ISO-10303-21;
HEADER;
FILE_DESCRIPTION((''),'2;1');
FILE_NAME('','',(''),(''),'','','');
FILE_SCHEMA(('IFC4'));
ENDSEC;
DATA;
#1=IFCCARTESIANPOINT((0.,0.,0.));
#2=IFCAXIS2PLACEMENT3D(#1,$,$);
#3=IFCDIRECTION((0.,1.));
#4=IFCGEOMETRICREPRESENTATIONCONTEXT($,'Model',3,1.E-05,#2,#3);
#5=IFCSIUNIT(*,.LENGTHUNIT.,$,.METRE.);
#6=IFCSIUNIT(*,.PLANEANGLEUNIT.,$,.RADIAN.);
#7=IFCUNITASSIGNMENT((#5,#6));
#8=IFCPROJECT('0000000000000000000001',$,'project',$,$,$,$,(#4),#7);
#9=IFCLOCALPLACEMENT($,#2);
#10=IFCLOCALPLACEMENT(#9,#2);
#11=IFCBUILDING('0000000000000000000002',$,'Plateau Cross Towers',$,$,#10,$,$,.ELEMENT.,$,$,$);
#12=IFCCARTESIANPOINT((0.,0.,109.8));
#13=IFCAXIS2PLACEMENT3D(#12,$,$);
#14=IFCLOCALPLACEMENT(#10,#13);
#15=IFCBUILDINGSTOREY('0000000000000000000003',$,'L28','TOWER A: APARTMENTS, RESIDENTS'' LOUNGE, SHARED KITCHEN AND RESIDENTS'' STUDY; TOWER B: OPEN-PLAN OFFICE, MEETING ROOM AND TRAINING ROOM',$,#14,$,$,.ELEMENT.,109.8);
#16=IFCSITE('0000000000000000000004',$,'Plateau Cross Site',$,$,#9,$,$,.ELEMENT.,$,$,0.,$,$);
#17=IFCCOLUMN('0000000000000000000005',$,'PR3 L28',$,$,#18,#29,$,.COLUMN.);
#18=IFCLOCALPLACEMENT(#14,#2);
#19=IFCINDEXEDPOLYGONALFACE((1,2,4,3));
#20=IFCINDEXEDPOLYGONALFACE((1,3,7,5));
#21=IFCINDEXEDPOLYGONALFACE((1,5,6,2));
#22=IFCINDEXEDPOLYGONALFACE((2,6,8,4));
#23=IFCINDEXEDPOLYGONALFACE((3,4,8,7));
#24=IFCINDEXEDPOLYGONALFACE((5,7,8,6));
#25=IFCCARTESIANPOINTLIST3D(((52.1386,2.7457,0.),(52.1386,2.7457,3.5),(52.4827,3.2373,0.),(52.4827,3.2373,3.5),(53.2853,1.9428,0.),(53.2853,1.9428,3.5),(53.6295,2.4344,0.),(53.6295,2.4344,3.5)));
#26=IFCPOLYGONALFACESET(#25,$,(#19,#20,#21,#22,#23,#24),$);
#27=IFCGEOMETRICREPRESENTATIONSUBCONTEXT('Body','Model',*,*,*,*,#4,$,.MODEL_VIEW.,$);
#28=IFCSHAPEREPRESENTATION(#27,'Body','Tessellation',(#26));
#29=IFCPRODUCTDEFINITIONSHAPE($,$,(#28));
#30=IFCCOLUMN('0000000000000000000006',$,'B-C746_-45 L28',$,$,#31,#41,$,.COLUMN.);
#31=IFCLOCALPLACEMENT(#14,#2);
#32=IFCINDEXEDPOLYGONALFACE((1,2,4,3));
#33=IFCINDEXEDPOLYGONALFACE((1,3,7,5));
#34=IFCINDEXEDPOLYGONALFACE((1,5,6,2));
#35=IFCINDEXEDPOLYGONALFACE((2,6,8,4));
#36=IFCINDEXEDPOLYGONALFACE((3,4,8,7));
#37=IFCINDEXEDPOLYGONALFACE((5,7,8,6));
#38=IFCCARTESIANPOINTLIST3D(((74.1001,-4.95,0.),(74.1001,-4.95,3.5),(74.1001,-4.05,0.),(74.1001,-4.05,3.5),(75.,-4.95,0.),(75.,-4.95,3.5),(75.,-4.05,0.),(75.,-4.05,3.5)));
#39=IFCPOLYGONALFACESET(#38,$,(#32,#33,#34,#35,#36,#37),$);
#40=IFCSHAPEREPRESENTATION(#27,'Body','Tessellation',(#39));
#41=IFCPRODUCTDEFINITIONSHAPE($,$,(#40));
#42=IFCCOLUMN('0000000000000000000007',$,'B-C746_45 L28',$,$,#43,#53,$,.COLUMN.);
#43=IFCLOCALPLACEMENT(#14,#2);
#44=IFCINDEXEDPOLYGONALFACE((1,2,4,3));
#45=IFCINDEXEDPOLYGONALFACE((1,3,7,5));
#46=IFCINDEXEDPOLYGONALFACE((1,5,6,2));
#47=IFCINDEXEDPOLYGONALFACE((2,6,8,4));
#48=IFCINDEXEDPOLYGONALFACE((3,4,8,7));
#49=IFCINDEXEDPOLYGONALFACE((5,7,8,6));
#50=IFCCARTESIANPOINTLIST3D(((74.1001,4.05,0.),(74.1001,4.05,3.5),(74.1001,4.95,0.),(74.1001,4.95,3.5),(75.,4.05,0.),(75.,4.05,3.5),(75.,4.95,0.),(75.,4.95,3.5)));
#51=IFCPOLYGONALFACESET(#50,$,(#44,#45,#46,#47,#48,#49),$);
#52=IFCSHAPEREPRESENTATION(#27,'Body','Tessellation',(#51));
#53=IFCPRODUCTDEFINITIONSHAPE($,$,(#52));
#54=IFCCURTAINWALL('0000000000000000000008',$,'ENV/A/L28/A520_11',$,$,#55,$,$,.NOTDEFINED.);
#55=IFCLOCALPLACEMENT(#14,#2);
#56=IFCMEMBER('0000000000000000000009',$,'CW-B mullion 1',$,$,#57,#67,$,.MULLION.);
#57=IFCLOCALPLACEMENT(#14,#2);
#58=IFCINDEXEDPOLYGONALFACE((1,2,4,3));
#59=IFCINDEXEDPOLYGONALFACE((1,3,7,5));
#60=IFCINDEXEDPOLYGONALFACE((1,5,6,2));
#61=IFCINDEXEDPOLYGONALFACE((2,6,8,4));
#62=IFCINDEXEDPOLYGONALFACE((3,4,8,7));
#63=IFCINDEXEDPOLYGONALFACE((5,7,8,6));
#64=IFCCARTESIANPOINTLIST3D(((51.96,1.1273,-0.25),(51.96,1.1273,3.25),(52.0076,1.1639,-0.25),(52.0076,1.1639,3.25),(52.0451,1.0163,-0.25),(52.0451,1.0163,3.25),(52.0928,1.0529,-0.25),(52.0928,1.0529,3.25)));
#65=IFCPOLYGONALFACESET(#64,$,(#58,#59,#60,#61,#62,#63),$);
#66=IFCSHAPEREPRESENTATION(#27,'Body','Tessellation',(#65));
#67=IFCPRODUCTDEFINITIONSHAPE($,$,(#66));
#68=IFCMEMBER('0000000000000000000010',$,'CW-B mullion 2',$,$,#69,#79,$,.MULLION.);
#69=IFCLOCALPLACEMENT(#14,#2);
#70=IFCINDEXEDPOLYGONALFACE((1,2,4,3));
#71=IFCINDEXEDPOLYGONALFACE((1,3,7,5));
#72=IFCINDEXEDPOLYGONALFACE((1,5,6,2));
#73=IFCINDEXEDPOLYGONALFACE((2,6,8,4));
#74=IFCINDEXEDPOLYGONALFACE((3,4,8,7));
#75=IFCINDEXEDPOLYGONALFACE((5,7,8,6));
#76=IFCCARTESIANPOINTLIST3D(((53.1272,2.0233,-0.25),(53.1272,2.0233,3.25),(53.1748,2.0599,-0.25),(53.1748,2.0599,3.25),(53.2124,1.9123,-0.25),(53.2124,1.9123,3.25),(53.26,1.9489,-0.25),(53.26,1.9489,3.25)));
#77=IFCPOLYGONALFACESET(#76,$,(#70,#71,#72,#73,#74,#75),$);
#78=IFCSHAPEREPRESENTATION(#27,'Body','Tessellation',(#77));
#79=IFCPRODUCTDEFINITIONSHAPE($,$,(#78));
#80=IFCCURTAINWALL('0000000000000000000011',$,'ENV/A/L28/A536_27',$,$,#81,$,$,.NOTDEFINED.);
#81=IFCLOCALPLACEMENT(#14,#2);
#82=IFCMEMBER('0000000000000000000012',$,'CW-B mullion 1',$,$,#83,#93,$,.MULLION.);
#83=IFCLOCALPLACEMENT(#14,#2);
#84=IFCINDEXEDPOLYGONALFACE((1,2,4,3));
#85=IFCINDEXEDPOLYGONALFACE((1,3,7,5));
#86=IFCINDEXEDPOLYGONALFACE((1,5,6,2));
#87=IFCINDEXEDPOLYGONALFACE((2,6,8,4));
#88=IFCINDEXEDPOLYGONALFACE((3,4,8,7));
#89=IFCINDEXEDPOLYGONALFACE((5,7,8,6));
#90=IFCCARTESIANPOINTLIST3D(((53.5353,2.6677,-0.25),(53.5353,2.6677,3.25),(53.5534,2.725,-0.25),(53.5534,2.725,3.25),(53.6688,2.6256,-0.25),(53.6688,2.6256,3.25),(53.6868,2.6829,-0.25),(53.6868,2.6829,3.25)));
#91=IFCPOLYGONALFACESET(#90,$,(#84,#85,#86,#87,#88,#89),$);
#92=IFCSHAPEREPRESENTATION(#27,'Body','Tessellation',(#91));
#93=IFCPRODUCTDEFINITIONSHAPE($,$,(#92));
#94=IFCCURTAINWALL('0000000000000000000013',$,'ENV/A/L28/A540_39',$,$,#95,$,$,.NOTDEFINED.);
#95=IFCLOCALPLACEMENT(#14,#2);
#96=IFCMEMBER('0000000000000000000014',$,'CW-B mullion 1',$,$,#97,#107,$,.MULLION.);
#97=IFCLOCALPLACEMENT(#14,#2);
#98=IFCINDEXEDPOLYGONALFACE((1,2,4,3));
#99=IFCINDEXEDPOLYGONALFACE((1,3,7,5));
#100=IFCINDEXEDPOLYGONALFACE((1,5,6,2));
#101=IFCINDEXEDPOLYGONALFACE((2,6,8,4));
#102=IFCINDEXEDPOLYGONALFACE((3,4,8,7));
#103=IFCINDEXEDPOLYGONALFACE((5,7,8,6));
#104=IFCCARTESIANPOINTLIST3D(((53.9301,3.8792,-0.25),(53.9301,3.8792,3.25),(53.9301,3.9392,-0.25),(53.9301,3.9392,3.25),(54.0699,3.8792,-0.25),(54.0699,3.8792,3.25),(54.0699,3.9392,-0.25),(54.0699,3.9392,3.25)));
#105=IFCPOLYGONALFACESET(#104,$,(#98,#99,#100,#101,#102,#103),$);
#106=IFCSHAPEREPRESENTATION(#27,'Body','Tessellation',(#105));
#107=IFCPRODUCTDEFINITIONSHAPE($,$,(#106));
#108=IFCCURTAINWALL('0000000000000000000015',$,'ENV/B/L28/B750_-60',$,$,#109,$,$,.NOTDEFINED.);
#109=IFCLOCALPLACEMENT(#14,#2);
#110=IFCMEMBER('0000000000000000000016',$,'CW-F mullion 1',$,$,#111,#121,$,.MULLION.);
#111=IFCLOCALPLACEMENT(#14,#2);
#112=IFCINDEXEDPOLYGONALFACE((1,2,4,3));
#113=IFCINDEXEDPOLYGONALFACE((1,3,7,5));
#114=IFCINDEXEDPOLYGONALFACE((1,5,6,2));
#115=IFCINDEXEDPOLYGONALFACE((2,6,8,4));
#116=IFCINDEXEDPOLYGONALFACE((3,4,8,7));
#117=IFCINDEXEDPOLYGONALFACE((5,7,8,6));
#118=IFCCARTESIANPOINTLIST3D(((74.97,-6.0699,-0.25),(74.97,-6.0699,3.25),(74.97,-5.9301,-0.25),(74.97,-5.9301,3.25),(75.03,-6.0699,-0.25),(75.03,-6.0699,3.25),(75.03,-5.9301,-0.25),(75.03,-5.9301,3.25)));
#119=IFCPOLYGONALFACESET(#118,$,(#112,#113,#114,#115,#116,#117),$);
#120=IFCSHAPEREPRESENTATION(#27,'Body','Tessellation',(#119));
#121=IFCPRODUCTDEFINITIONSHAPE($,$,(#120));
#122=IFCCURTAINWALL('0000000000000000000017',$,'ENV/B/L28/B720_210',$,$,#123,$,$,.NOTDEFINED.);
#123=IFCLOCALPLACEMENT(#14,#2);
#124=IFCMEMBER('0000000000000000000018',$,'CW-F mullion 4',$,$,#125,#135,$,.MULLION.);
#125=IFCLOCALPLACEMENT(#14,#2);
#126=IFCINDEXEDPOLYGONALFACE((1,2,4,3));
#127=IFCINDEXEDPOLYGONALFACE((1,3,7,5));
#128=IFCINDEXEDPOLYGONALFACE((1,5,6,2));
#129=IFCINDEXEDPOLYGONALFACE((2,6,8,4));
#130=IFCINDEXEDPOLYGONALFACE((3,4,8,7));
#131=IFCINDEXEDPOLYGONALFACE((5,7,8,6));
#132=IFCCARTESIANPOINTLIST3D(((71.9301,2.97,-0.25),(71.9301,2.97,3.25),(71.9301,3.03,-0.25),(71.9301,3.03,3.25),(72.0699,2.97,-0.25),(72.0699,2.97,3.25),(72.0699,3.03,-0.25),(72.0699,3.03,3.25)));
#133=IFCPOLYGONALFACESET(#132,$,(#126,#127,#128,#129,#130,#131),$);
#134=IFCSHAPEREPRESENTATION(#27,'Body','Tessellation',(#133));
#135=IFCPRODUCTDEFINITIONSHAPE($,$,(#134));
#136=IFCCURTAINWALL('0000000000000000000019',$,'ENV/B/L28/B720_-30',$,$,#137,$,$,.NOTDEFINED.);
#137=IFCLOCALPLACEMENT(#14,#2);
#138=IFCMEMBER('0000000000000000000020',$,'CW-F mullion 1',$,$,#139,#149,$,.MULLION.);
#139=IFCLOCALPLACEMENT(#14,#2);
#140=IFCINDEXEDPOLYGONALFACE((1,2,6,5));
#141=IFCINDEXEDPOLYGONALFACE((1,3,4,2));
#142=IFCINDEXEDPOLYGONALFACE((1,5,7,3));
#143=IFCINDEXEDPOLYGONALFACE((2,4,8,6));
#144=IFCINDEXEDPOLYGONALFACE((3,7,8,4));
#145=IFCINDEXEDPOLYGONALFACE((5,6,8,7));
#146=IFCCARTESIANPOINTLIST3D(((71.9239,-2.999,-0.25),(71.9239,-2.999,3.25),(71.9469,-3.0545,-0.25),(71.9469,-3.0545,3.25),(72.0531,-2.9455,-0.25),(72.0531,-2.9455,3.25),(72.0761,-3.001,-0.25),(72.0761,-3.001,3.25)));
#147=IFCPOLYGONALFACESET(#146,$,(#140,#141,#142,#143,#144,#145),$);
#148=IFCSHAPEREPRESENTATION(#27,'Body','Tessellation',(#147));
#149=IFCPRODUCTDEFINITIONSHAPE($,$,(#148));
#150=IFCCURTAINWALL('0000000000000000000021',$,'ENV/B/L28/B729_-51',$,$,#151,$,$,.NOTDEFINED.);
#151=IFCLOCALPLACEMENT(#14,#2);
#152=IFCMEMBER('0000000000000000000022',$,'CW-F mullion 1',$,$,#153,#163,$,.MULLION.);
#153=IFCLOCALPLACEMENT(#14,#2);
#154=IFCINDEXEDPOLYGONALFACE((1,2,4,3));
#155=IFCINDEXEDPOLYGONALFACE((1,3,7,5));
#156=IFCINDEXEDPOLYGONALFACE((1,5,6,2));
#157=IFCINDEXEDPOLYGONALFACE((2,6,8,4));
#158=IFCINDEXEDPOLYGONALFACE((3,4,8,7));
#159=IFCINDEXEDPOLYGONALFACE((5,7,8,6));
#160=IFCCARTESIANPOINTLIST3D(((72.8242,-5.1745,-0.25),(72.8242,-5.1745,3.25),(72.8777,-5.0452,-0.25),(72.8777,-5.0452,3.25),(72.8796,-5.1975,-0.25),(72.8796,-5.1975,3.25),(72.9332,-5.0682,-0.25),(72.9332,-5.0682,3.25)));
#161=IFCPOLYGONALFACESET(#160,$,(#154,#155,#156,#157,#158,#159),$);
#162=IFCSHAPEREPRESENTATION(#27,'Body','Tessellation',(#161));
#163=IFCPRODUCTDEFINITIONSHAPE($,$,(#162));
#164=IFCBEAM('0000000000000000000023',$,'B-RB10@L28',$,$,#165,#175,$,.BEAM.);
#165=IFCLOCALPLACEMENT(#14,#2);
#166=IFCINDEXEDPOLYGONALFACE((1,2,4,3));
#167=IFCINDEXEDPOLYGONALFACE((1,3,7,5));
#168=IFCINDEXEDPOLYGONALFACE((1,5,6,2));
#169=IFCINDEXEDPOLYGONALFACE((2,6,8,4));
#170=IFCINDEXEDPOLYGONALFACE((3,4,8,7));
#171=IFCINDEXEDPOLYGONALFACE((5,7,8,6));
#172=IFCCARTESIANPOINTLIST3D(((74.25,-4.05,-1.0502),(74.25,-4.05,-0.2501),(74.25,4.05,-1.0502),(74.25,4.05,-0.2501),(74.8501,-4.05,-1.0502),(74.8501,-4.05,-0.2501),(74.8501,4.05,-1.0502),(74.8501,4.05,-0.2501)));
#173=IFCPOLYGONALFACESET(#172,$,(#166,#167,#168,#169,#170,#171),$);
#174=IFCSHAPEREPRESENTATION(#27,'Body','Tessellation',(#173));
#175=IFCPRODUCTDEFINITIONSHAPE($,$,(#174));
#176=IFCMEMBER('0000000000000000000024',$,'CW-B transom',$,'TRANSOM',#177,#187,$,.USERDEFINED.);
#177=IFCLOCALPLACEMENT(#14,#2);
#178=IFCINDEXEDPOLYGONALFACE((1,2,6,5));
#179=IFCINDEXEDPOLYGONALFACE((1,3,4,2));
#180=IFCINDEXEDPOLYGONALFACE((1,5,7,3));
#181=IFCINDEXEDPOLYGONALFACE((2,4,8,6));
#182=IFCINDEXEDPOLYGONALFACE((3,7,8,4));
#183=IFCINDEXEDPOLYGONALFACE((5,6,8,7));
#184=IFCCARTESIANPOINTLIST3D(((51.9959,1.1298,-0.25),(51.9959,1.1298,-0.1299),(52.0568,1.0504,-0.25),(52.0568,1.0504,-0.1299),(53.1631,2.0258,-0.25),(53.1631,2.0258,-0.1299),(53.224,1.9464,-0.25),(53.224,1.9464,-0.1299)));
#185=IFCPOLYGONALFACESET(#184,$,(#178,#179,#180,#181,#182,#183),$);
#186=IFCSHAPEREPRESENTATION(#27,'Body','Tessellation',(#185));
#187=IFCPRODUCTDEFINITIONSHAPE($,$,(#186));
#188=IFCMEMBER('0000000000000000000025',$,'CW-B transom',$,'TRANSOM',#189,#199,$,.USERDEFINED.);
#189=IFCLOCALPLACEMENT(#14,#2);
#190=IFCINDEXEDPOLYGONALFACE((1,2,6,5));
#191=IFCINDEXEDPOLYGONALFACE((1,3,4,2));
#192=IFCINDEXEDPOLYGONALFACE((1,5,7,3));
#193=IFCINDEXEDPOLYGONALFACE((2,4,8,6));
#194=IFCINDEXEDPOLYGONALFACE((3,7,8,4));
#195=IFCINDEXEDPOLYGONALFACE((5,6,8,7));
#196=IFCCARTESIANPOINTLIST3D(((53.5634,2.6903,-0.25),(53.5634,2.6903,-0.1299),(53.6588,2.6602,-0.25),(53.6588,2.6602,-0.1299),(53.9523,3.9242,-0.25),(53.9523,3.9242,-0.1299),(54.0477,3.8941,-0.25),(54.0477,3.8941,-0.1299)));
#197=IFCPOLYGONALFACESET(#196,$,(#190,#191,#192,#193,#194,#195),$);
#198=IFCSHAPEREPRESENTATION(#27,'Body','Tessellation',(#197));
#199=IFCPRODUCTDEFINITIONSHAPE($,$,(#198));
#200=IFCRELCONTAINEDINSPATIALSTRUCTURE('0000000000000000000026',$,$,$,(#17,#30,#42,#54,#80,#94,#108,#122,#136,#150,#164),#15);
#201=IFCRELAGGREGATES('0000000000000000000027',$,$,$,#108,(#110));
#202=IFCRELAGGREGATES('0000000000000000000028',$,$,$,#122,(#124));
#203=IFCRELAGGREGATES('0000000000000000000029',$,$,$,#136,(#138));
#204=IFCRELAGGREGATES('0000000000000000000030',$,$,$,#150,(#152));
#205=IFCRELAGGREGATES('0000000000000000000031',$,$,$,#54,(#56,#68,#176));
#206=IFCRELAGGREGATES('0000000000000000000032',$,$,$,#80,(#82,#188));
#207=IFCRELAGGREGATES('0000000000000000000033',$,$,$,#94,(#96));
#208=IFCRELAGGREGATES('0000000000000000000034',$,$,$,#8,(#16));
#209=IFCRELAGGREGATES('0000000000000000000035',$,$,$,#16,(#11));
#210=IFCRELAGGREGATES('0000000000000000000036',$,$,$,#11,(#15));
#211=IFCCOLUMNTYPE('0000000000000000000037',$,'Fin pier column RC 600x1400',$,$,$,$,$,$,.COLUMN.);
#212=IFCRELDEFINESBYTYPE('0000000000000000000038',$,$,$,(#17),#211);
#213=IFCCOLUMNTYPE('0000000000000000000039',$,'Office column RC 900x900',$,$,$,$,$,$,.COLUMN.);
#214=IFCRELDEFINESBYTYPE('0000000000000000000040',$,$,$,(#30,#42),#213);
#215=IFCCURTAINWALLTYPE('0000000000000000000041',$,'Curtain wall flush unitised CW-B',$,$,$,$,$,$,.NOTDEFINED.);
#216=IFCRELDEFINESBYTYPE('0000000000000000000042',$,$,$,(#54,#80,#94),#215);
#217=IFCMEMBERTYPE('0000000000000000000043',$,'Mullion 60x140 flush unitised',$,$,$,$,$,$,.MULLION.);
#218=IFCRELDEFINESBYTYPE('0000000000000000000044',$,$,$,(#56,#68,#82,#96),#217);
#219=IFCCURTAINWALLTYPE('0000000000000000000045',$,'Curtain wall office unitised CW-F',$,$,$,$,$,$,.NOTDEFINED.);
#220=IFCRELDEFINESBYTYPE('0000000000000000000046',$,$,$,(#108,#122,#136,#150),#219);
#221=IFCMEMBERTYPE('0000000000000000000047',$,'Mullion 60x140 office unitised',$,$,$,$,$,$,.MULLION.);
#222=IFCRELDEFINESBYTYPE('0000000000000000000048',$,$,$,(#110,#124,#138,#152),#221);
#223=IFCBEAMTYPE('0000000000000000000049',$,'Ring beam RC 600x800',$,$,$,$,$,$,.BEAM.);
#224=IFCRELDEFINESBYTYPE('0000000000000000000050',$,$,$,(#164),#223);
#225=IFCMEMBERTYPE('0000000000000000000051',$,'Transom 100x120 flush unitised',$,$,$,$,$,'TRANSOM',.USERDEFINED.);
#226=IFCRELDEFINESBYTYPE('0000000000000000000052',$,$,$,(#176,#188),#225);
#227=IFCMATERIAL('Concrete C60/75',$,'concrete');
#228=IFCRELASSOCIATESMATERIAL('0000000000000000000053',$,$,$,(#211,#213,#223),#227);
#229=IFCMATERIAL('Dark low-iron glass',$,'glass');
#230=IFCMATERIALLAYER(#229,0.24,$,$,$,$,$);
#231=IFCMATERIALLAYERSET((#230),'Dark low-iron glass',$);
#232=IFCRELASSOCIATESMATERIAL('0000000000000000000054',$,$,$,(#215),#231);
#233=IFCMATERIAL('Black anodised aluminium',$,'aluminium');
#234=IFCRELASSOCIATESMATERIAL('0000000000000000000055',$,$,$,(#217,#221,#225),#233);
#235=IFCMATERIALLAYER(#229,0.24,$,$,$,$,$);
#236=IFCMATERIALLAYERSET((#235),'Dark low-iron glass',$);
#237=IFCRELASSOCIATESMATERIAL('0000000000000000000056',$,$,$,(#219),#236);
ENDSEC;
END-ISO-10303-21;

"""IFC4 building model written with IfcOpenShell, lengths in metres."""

from ifc_helpers import new_model, si_unit, direction, frame, origin, origin_2d, place, context, subcontext, project, spatial, rectangle, extrude, material, layer, layer_set, material_profile, profile_set, type_object, element, aggregate, save


model = new_model("IFC4")

# Units and contexts
model_context = context("Model", 3, precision=1e-05, world=origin(), true_north=direction((0.0, 1.0)))
body_context = subcontext(model_context, "Body", "Model", "MODEL_VIEW")
ifc_project = project(units=[si_unit("LENGTHUNIT", "METRE"), si_unit("PLANEANGLEUNIT", "RADIAN")], contexts=[model_context])

# Site, building, storey
site_placement = place(None, origin())
site = spatial("IfcSite", under=ifc_project, at=site_placement, Name="Plateau Cross Site", CompositionType="ELEMENT", RefElevation=0.0)
building_placement = place(site_placement, origin())
building = spatial("IfcBuilding", under=site, at=building_placement, Name="Plateau Cross Towers", CompositionType="ELEMENT")
storey_placement = place(building_placement, frame((0.0, 0.0, 109.8)))
storey = spatial("IfcBuildingStorey", under=building, at=storey_placement, Name="L28", Description="TOWER A: APARTMENTS, RESIDENTS' LOUNGE, SHARED KITCHEN AND RESIDENTS' STUDY; TOWER B: OPEN-PLAN OFFICE, MEETING ROOM AND TRAINING ROOM", CompositionType="ELEMENT", Elevation=109.8)

# Columns
ifc_material_1 = material(Name="Concrete C60/75", Category="concrete")
ifc_material_profile_1 = material_profile(ifc_material_1, rectangle(XDim=0.6001, YDim=1.3999, at=origin_2d()), Name="RC 600x1400")
ifc_profile_set_1 = profile_set([ifc_material_profile_1], Name="Concrete C60/75")
column_type_1 = type_object("IfcColumnType", Name="Fin pier column RC 600x1400", PredefinedType="COLUMN", material=ifc_profile_set_1)
column_placement = place(storey_placement, frame((52.884, 2.5901, 0.0), z_axis=(0.0, 0.0, 1.0), x_axis=(0.573543, 0.819176, 0.0)))
element("IfcColumn", 1, at=column_placement, inside=storey, type_object=column_type_1, Name="PR3 L28", PredefinedType="COLUMN", context=body_context, shape_type="SweptSolid", body=[
    extrude(rectangle(XDim=0.6001, YDim=1.3999, at=origin_2d()), origin(), (0.0, 0.0, 1.0), 3.5),
])
ifc_material_profile_2 = material_profile(ifc_material_1, rectangle(XDim=0.8999, YDim=0.8999, at=origin_2d()), Name="RC 900x900")
ifc_profile_set_2 = profile_set([ifc_material_profile_2], Name="Concrete C60/75")
column_type_2 = type_object("IfcColumnType", Name="Office column RC 900x900", PredefinedType="COLUMN", material=ifc_profile_set_2)
for number, where, z_axis, x_axis, name in (
    (2, (74.55, -4.5, 0.0), (0.0, 0.0, 1.0), (1.0, 0.0, 0.0), "B-C746_-45 L28"),
    (3, (74.55, 4.5, 0.0), (0.0, 0.0, 1.0), (1.0, 0.0, 0.0), "B-C746_45 L28"),
):
    element("IfcColumn", number, at=place(storey_placement, frame(where, z_axis=z_axis, x_axis=x_axis)), inside=storey, type_object=column_type_2, Name=name, PredefinedType="COLUMN", context=body_context, shape_type="SweptSolid", body=[
        extrude(rectangle(XDim=0.8999, YDim=0.8999, at=origin_2d()), origin(), (0.0, 0.0, 1.0), 3.5),
    ])

# Curtain wall, members
ifc_material_2 = material(Name="Dark low-iron glass", Category="glass")
ifc_layer_1 = layer(ifc_material_2, 0.24)
ifc_layer_set_1 = layer_set([ifc_layer_1], Name="Dark low-iron glass")
curtain_wall_type_1 = type_object("IfcCurtainWallType", Name="Curtain wall flush unitised CW-B", PredefinedType="NOTDEFINED", material=ifc_layer_set_1)
curtain_wall_1_placement = place(storey_placement, origin())
curtain_wall_1 = element("IfcCurtainWall", 4, at=curtain_wall_1_placement, inside=storey, type_object=curtain_wall_type_1, Name="ENV/A/L28/A520_11", PredefinedType="NOTDEFINED")
ifc_material_3 = material(Name="Black anodised aluminium", Category="aluminium")
ifc_material_profile_3 = material_profile(ifc_material_3, rectangle(XDim=0.0601, YDim=0.1399, at=origin_2d()), Name="MULLION 60x140")
ifc_profile_set_3 = profile_set([ifc_material_profile_3], Name="Black anodised aluminium")
member_type_1 = type_object("IfcMemberType", Name="Mullion 60x140 flush unitised", PredefinedType="MULLION", material=ifc_profile_set_3)
member_1_placement = place(storey_placement, frame((52.0264, 1.0901, -0.25), z_axis=(0.0, 0.0, 1.0), x_axis=(0.793316, 0.608811, 0.0)))
member_1 = element("IfcMember", 5, at=member_1_placement, type_object=member_type_1, Name="CW-B mullion 1", PredefinedType="MULLION", context=body_context, shape_type="SweptSolid", body=[
    extrude(rectangle(XDim=0.0601, YDim=0.1399, at=origin_2d()), origin(), (0.0, 0.0, 1.0), 3.5),
])
member_2_placement = place(storey_placement, frame((53.1936, 1.9861, -0.25), z_axis=(0.0, 0.0, 1.0), x_axis=(0.793316, 0.608811, 0.0)))
member_2 = element("IfcMember", 6, at=member_2_placement, type_object=member_type_1, Name="CW-B mullion 2", PredefinedType="MULLION", context=body_context, shape_type="SweptSolid", body=[
    extrude(rectangle(XDim=0.0601, YDim=0.1399, at=origin_2d()), origin(), (0.0, 0.0, 1.0), 3.5),
])

# Curtain walls, members
curtain_wall_2_placement = place(storey_placement, origin())
curtain_wall_2 = element("IfcCurtainWall", 7, at=curtain_wall_2_placement, inside=storey, type_object=curtain_wall_type_1, Name="ENV/A/L28/A536_27", PredefinedType="NOTDEFINED")
member_3_placement = place(storey_placement, frame((53.6111, 2.6753, -0.25), z_axis=(0.0, 0.0, 1.0), x_axis=(0.300686, 0.953723, 0.0)))
member_3 = element("IfcMember", 8, at=member_3_placement, type_object=member_type_1, Name="CW-B mullion 1", PredefinedType="MULLION", context=body_context, shape_type="SweptSolid", body=[
    extrude(rectangle(XDim=0.0601, YDim=0.1399, at=origin_2d()), origin(), (0.0, 0.0, 1.0), 3.5),
])
curtain_wall_3_placement = place(storey_placement, origin())
curtain_wall_3 = element("IfcCurtainWall", 9, at=curtain_wall_3_placement, inside=storey, type_object=curtain_wall_type_1, Name="ENV/A/L28/A540_39", PredefinedType="NOTDEFINED")
member_4_placement = place(storey_placement, frame((54.0, 3.9092, -0.25), z_axis=(0.0, 0.0, 1.0), x_axis=(0.0, 1.0, 0.0)))
member_4 = element("IfcMember", 10, at=member_4_placement, type_object=member_type_1, Name="CW-B mullion 1", PredefinedType="MULLION", context=body_context, shape_type="SweptSolid", body=[
    extrude(rectangle(XDim=0.0601, YDim=0.1399, at=origin_2d()), origin(), (0.0, 0.0, 1.0), 3.5),
])
ifc_layer_2 = layer(ifc_material_2, 0.24)
ifc_layer_set_2 = layer_set([ifc_layer_2], Name="Dark low-iron glass")
curtain_wall_type_2 = type_object("IfcCurtainWallType", Name="Curtain wall office unitised CW-F", PredefinedType="NOTDEFINED", material=ifc_layer_set_2)
curtain_wall_4_placement = place(storey_placement, origin())
curtain_wall_4 = element("IfcCurtainWall", 11, at=curtain_wall_4_placement, inside=storey, type_object=curtain_wall_type_2, Name="ENV/B/L28/B750_-60", PredefinedType="NOTDEFINED")
ifc_material_profile_4 = material_profile(ifc_material_3, rectangle(XDim=0.0601, YDim=0.1399, at=origin_2d()), Name="MULLION 60x140")
ifc_profile_set_4 = profile_set([ifc_material_profile_4], Name="Black anodised aluminium")
member_type_2 = type_object("IfcMemberType", Name="Mullion 60x140 office unitised", PredefinedType="MULLION", material=ifc_profile_set_4)
member_5_placement = place(storey_placement, frame((75.0, -6.0, -0.25), z_axis=(0.0, 0.0, 1.0), x_axis=(1.0, 0.0, 0.0)))
member_5 = element("IfcMember", 12, at=member_5_placement, type_object=member_type_2, Name="CW-F mullion 1", PredefinedType="MULLION", context=body_context, shape_type="SweptSolid", body=[
    extrude(rectangle(XDim=0.0601, YDim=0.1399, at=origin_2d()), origin(), (0.0, 0.0, 1.0), 3.5),
])
curtain_wall_5_placement = place(storey_placement, origin())
curtain_wall_5 = element("IfcCurtainWall", 13, at=curtain_wall_5_placement, inside=storey, type_object=curtain_wall_type_2, Name="ENV/B/L28/B720_210", PredefinedType="NOTDEFINED")
member_6_placement = place(storey_placement, frame((72.0, 3.0, -0.25), z_axis=(0.0, 0.0, 1.0), x_axis=(0.0, -1.0, 0.0)))
member_6 = element("IfcMember", 14, at=member_6_placement, type_object=member_type_2, Name="CW-F mullion 4", PredefinedType="MULLION", context=body_context, shape_type="SweptSolid", body=[
    extrude(rectangle(XDim=0.0601, YDim=0.1399, at=origin_2d()), origin(), (0.0, 0.0, 1.0), 3.5),
])
curtain_wall_6_placement = place(storey_placement, origin())
curtain_wall_6 = element("IfcCurtainWall", 15, at=curtain_wall_6_placement, inside=storey, type_object=curtain_wall_type_2, Name="ENV/B/L28/B720_-30", PredefinedType="NOTDEFINED")
member_7_placement = place(storey_placement, frame((72.0, -3.0, -0.25), z_axis=(0.0, 0.0, 1.0), x_axis=(0.382684, -0.923879, 0.0)))
member_7 = element("IfcMember", 16, at=member_7_placement, type_object=member_type_2, Name="CW-F mullion 1", PredefinedType="MULLION", context=body_context, shape_type="SweptSolid", body=[
    extrude(rectangle(XDim=0.0601, YDim=0.1399, at=origin_2d()), origin(), (0.0, 0.0, 1.0), 3.5),
])
curtain_wall_7_placement = place(storey_placement, origin())
curtain_wall_7 = element("IfcCurtainWall", 17, at=curtain_wall_7_placement, inside=storey, type_object=curtain_wall_type_2, Name="ENV/B/L28/B729_-51", PredefinedType="NOTDEFINED")
member_8_placement = place(storey_placement, frame((72.8787, -5.1213, -0.25), z_axis=(0.0, 0.0, 1.0), x_axis=(0.923879, -0.382684, 0.0)))
member_8 = element("IfcMember", 18, at=member_8_placement, type_object=member_type_2, Name="CW-F mullion 1", PredefinedType="MULLION", context=body_context, shape_type="SweptSolid", body=[
    extrude(rectangle(XDim=0.0601, YDim=0.1399, at=origin_2d()), origin(), (0.0, 0.0, 1.0), 3.5),
])

# Beam
ifc_material_profile_5 = material_profile(ifc_material_1, rectangle(XDim=0.6001, YDim=0.8, at=origin_2d()), Name="RC 600x800")
ifc_profile_set_5 = profile_set([ifc_material_profile_5], Name="Concrete C60/75")
beam_type = type_object("IfcBeamType", Name="Ring beam RC 600x800", PredefinedType="BEAM", material=ifc_profile_set_5)
beam_placement = place(storey_placement, frame((74.55, 4.05, -0.6501), z_axis=(0.0, -1.0, 0.0), x_axis=(1.0, 0.0, 0.0)))
element("IfcBeam", 19, at=beam_placement, inside=storey, type_object=beam_type, Name="B-RB10@L28", PredefinedType="BEAM", context=body_context, shape_type="SweptSolid", body=[
    extrude(rectangle(XDim=0.6001, YDim=0.8, at=origin_2d()), origin(), (0.0, 0.0, 1.0), 8.1001),
])

# Members
ifc_material_profile_6 = material_profile(ifc_material_3, rectangle(XDim=0.1001, YDim=0.1201, at=origin_2d()), Name="TRANSOM 100x120")
ifc_profile_set_6 = profile_set([ifc_material_profile_6], Name="Black anodised aluminium")
member_type_3 = type_object("IfcMemberType", Name="Transom 100x120 flush unitised", ElementType="TRANSOM", PredefinedType="USERDEFINED", material=ifc_profile_set_6)
member_9_placement = place(storey_placement, frame((52.0264, 1.0901, -0.1899), z_axis=(0.79324, 0.608909, 0.0), x_axis=(-0.608909, 0.79324, 0.0)))
member_9 = element("IfcMember", 20, at=member_9_placement, type_object=member_type_3, Name="CW-B transom", ObjectType="TRANSOM", PredefinedType="USERDEFINED", context=body_context, shape_type="SweptSolid", body=[
    extrude(rectangle(XDim=0.1001, YDim=0.1201, at=origin_2d()), origin(), (0.0, 0.0, 1.0), 1.4714),
])
member_10_placement = place(storey_placement, frame((53.6111, 2.6753, -0.1899), z_axis=(0.300617, 0.953745, 0.0), x_axis=(-0.953745, 0.300617, 0.0)))
member_10 = element("IfcMember", 21, at=member_10_placement, type_object=member_type_3, Name="CW-B transom", ObjectType="TRANSOM", PredefinedType="USERDEFINED", context=body_context, shape_type="SweptSolid", body=[
    extrude(rectangle(XDim=0.1001, YDim=0.1201, at=origin_2d()), origin(), (0.0, 0.0, 1.0), 1.2937),
])
aggregate(curtain_wall_4, [member_5])

aggregate(curtain_wall_5, [member_6])
aggregate(curtain_wall_6, [member_7])
aggregate(curtain_wall_7, [member_8])
aggregate(curtain_wall_1, [member_1, member_2, member_9])
aggregate(curtain_wall_2, [member_3, member_10])
aggregate(curtain_wall_3, [member_4])

save(model, "model.ifc")
